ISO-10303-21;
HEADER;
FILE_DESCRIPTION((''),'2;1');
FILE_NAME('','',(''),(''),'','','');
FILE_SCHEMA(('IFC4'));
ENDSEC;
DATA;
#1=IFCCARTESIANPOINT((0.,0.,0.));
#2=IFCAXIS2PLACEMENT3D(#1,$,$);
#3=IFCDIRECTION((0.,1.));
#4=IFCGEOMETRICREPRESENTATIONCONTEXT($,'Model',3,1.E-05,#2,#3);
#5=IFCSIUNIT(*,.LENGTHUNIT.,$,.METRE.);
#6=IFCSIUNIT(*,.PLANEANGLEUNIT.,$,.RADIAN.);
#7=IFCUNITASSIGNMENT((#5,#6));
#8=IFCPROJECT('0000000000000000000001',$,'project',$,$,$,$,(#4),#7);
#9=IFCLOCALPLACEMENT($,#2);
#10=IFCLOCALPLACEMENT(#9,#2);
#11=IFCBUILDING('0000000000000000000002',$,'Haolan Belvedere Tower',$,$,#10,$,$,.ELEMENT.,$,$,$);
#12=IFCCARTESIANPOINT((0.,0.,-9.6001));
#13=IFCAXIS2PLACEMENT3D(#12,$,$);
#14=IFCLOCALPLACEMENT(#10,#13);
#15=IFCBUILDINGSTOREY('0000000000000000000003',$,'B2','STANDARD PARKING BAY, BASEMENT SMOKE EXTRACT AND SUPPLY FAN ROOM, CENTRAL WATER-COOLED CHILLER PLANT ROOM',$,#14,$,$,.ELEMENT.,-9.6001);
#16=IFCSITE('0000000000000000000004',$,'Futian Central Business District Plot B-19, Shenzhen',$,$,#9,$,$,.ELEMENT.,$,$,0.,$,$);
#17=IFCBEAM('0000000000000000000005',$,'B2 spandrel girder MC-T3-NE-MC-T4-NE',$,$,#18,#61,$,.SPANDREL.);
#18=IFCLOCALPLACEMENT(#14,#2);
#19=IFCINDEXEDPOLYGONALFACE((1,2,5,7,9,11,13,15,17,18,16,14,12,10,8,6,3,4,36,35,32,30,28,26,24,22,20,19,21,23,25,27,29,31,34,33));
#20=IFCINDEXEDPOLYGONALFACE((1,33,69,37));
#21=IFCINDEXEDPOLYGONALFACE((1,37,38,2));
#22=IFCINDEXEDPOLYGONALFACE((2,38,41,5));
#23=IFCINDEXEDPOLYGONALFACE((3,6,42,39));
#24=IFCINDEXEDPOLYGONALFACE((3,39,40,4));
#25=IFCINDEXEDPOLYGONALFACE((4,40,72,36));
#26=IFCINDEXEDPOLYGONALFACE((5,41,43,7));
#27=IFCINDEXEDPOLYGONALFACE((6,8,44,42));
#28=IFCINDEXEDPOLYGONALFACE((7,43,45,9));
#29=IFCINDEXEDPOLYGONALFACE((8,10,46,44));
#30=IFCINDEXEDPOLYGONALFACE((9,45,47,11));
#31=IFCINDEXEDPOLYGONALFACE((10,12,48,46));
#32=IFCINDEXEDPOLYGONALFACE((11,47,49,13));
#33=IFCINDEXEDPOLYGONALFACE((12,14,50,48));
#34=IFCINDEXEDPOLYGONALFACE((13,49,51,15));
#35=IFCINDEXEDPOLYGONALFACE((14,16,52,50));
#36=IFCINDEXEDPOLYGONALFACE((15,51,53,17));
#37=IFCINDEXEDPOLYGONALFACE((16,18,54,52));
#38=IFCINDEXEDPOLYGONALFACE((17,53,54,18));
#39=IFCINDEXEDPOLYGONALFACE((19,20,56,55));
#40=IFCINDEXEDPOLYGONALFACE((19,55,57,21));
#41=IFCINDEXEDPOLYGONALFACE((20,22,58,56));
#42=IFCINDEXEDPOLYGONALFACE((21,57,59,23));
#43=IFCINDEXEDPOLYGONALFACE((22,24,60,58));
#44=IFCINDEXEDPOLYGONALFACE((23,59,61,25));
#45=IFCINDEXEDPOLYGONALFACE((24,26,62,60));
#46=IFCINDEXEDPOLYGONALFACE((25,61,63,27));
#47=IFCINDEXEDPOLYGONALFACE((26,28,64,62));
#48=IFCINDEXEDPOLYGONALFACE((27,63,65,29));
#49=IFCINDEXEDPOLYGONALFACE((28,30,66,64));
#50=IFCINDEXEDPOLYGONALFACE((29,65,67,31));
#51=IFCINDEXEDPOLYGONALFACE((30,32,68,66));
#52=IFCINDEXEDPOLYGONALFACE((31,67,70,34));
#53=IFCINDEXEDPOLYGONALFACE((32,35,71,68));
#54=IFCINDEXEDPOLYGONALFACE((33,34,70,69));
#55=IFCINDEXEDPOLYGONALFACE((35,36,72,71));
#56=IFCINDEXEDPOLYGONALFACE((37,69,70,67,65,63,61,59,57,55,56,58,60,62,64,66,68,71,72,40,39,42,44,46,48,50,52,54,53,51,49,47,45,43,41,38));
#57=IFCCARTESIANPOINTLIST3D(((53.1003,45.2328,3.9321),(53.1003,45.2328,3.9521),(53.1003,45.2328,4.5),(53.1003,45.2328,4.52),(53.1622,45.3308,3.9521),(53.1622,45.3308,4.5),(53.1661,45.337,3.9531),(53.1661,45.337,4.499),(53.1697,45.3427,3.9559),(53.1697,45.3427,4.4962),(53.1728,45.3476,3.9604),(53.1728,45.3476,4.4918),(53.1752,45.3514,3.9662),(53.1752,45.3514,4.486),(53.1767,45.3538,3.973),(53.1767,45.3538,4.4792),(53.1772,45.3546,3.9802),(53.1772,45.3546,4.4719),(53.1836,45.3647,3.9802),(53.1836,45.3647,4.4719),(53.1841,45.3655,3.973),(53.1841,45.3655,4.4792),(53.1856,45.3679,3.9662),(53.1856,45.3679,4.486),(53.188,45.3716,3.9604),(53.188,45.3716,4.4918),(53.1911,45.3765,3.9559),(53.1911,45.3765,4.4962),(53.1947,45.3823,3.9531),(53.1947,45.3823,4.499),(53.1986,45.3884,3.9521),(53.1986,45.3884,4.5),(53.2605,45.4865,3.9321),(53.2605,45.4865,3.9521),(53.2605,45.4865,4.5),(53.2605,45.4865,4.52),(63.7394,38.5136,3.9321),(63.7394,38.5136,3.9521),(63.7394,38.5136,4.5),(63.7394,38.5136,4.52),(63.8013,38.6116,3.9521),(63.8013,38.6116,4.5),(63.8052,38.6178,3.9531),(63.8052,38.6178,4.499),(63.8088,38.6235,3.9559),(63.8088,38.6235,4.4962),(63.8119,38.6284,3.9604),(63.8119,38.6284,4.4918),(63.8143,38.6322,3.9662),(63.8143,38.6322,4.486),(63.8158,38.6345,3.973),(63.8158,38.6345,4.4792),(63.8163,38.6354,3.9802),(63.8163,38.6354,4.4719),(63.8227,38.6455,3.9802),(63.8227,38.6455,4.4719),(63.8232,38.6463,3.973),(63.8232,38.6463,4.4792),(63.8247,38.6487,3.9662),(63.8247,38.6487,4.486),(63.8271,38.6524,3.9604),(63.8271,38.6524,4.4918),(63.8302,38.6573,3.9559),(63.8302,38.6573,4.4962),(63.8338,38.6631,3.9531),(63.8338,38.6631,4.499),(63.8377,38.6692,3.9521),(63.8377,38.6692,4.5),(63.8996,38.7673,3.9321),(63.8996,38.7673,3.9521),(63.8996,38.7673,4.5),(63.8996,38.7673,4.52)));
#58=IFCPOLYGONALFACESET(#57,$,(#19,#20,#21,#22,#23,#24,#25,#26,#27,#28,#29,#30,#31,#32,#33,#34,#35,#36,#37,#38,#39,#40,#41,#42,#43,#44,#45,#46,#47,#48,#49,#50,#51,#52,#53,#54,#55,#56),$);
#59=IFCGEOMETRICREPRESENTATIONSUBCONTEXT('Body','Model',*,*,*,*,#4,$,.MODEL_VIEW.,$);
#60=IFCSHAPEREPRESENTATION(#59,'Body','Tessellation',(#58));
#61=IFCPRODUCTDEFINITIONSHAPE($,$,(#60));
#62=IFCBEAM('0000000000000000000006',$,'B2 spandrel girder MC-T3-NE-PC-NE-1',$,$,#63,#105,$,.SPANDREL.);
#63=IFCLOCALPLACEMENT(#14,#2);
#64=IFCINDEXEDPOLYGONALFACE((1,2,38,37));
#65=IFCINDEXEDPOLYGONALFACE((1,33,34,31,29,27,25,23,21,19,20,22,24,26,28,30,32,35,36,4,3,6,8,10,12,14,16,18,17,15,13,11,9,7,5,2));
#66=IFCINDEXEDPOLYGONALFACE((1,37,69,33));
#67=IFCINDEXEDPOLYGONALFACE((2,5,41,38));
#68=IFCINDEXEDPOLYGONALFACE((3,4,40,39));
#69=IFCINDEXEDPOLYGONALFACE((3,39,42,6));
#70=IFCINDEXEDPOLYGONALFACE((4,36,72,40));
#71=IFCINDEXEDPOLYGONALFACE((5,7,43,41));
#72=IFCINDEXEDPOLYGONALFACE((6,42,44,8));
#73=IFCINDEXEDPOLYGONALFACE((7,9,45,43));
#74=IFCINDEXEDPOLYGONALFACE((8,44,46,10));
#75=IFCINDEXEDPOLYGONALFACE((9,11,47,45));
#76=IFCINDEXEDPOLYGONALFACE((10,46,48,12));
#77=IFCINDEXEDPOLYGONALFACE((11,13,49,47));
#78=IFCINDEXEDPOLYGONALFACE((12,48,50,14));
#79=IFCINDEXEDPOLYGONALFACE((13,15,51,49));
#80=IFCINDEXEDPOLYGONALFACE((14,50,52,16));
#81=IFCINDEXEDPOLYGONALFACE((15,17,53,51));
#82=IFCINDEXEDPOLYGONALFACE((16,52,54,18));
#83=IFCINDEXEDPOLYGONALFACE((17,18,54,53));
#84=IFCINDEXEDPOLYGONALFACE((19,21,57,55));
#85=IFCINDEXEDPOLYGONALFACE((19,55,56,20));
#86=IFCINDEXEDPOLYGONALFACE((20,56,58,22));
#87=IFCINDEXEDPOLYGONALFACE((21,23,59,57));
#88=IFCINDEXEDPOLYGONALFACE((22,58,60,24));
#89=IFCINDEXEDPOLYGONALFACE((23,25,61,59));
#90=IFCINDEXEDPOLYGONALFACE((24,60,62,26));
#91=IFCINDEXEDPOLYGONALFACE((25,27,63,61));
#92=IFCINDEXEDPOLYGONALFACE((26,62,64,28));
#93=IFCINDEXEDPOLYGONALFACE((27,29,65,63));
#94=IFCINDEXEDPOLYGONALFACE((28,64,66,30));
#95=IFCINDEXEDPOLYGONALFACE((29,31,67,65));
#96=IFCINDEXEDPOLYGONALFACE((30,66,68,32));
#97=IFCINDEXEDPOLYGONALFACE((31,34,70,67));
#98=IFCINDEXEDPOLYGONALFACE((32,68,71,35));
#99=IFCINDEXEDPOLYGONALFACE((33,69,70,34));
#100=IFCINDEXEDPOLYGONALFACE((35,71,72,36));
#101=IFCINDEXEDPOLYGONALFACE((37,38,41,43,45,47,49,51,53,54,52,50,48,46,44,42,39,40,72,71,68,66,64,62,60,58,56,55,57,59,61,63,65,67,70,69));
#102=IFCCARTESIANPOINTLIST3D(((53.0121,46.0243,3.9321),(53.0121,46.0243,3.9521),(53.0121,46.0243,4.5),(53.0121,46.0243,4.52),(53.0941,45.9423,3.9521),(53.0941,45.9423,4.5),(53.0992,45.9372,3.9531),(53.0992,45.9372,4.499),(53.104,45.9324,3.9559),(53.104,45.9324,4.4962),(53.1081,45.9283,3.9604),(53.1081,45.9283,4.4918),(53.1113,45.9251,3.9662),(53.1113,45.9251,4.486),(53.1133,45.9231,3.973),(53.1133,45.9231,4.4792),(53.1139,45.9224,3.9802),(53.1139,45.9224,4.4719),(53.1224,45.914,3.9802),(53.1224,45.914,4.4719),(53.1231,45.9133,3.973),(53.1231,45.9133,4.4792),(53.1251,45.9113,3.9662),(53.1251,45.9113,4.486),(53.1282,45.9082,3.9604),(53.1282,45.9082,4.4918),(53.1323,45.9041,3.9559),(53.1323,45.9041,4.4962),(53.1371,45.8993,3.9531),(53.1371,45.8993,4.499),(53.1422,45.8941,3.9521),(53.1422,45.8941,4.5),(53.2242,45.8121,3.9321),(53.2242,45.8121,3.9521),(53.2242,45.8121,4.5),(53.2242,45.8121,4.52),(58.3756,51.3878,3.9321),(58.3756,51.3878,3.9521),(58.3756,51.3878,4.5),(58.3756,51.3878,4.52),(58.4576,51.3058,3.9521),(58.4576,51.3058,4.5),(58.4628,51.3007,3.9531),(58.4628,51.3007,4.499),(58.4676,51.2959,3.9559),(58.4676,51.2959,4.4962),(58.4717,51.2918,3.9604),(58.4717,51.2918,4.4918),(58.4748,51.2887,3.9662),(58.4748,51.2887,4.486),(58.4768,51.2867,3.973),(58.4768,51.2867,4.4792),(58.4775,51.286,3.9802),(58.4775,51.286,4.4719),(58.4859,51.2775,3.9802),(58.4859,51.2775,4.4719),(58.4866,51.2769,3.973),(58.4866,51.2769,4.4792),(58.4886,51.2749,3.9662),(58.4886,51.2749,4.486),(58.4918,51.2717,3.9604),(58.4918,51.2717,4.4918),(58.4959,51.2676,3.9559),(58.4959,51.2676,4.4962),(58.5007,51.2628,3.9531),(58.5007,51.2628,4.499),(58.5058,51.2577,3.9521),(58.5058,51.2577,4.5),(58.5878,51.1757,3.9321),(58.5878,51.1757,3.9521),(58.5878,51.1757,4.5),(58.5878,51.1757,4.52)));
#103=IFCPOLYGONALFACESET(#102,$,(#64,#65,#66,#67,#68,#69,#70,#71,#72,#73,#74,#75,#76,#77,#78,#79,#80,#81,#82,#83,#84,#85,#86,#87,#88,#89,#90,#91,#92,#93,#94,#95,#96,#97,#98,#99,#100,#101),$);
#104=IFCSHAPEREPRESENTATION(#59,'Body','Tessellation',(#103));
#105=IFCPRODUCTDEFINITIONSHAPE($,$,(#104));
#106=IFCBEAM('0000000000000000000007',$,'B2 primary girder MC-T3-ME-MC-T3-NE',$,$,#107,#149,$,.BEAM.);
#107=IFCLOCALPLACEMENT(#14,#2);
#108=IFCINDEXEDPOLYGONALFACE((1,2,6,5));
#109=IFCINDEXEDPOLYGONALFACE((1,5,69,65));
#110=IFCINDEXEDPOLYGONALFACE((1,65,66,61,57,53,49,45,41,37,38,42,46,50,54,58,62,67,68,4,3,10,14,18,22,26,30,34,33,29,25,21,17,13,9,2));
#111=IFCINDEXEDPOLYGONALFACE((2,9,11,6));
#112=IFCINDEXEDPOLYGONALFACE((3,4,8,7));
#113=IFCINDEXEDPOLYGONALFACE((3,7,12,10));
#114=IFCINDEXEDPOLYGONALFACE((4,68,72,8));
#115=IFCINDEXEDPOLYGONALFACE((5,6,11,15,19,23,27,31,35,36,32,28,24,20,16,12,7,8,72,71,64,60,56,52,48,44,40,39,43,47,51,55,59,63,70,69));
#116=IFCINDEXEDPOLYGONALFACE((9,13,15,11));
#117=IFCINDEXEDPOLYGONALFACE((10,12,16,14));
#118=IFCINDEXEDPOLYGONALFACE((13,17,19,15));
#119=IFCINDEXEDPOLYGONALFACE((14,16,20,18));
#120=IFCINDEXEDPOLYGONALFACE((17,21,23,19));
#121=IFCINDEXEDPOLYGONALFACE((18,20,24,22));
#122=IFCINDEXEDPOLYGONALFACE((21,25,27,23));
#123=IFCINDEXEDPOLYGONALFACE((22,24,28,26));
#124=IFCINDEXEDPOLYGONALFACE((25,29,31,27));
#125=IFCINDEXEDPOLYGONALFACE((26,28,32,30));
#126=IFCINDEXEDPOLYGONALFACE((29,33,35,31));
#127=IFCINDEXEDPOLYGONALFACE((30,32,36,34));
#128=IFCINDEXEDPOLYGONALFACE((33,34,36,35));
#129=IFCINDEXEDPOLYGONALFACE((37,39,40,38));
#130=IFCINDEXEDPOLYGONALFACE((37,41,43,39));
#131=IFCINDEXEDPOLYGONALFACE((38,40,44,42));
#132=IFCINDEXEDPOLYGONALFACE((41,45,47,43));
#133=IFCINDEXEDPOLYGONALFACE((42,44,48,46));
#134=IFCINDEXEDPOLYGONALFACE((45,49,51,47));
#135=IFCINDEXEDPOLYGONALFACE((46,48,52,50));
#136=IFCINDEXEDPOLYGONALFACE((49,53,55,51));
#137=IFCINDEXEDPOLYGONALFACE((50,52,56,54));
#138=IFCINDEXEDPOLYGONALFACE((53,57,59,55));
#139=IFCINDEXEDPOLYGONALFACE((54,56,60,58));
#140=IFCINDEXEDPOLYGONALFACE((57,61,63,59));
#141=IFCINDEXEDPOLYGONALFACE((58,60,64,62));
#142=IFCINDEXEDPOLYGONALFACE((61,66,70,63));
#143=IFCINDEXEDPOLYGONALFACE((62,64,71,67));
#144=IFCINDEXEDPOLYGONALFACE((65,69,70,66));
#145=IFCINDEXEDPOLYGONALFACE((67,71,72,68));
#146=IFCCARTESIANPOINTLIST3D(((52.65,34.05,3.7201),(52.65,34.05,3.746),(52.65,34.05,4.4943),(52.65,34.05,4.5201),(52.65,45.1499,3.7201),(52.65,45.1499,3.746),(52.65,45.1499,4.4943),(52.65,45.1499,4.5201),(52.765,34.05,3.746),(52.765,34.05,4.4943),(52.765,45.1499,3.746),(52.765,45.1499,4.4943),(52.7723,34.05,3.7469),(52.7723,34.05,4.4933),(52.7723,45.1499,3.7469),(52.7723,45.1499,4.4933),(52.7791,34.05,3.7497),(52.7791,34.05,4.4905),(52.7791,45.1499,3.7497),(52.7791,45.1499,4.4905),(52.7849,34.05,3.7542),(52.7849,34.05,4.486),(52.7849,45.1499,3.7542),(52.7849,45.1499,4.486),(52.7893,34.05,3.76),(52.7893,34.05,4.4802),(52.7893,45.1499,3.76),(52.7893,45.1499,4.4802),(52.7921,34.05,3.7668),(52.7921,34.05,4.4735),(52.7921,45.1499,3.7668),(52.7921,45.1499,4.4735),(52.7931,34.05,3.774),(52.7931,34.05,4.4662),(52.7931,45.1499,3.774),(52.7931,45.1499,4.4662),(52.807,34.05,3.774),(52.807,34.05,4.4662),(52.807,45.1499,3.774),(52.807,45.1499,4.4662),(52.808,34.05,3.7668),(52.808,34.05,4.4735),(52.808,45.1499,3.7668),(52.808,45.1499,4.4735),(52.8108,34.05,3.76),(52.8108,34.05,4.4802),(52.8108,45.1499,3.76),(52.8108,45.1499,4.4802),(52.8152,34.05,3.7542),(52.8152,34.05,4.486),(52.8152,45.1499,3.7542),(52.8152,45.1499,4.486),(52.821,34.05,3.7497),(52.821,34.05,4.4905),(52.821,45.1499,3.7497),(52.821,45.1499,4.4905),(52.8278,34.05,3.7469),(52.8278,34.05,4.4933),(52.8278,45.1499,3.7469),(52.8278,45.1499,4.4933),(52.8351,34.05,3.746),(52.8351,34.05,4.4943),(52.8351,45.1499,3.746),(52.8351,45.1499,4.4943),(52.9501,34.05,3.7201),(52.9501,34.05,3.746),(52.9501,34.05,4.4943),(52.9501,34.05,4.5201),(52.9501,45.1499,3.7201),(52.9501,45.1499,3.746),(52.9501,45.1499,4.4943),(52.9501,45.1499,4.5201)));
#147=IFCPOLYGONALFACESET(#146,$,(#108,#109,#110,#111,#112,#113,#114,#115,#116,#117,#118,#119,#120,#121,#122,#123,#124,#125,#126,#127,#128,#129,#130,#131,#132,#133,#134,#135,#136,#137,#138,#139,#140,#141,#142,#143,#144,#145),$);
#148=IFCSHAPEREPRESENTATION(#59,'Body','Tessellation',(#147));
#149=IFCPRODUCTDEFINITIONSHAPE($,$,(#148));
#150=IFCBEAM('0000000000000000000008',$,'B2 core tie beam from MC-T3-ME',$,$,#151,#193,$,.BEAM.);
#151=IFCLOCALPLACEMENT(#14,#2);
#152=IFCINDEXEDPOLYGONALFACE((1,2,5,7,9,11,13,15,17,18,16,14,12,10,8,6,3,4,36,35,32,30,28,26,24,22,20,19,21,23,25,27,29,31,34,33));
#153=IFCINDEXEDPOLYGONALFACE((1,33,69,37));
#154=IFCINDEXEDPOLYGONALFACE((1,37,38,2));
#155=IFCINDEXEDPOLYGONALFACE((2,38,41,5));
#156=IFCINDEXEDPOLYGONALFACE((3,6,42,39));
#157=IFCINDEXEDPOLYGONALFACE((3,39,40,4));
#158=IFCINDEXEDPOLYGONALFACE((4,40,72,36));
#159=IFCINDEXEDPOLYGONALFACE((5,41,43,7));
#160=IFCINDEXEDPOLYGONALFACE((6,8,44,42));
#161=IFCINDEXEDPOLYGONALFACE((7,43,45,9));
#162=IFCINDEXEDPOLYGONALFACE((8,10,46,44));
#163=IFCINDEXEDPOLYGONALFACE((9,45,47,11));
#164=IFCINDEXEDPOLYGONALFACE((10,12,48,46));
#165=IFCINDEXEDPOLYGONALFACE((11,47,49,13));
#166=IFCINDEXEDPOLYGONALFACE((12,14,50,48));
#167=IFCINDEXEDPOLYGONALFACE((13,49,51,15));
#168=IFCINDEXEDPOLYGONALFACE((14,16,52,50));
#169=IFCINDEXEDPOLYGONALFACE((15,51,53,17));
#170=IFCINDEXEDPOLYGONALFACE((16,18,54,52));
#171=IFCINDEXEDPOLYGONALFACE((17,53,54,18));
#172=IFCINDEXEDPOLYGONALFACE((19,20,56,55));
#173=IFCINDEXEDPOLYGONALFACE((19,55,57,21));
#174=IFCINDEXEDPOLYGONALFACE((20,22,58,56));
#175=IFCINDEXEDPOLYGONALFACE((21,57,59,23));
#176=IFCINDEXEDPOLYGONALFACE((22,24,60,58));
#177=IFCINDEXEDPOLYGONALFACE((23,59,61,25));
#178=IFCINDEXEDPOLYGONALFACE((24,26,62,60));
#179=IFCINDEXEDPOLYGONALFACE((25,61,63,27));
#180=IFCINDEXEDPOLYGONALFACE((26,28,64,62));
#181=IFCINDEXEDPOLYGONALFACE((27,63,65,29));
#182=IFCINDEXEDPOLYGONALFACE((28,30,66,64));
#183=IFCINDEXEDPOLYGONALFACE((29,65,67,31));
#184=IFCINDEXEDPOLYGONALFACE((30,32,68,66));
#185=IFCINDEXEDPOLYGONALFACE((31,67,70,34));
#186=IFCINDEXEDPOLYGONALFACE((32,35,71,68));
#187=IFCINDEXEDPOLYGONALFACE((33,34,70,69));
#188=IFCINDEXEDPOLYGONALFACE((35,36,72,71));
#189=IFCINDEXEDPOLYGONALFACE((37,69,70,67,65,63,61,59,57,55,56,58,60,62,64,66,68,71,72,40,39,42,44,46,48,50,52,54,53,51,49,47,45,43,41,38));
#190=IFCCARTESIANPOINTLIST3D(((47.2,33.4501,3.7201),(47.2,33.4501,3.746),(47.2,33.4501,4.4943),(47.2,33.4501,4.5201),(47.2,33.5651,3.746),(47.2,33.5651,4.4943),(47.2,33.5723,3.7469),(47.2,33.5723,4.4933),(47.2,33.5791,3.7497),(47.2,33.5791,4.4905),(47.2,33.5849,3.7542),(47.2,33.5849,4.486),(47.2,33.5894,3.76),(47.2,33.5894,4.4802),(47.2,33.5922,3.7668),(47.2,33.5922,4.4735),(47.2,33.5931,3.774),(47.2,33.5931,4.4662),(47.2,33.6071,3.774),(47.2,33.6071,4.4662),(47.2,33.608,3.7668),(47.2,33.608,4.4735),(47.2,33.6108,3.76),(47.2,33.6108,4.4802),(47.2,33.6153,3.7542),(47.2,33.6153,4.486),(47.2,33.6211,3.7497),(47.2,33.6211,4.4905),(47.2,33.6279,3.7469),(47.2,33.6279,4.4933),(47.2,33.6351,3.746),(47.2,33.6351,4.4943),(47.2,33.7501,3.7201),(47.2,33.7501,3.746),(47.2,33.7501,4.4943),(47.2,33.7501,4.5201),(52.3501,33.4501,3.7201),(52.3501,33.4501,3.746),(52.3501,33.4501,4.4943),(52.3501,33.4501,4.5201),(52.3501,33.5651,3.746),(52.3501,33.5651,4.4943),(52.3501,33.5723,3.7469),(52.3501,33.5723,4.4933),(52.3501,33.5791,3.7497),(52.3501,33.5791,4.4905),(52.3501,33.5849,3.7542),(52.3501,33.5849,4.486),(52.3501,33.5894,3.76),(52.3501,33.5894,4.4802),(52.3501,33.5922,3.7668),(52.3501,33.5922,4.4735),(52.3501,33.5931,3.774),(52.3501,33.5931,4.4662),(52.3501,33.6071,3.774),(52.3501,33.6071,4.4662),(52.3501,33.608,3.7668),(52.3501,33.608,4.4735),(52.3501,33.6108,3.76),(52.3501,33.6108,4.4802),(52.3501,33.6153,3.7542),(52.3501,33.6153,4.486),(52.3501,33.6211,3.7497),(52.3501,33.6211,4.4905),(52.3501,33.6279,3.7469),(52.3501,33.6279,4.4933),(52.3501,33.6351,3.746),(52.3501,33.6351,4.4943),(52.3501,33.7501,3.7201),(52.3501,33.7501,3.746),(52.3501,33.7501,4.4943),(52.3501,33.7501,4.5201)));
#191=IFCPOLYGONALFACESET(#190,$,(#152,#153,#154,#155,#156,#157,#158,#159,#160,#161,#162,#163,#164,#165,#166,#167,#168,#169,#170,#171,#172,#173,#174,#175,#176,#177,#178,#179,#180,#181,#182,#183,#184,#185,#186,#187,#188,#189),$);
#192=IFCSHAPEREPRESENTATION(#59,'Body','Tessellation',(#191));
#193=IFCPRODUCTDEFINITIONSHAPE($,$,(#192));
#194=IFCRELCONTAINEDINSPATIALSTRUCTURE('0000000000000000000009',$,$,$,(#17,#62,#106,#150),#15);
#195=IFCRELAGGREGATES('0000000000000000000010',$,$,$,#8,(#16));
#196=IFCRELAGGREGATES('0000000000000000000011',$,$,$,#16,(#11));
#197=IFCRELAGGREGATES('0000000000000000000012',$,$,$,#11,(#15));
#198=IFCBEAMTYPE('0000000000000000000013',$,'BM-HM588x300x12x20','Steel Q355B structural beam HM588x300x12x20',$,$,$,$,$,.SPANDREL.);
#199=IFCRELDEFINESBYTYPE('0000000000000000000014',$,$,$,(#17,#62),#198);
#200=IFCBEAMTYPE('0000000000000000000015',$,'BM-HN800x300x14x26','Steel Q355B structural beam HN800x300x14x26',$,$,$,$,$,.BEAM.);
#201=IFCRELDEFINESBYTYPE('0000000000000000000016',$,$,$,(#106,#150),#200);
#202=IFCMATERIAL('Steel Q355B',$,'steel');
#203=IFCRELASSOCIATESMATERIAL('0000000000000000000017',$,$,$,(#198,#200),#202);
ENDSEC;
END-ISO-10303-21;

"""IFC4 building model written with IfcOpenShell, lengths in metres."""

from ifc_helpers import new_model, si_unit, direction, frame, origin, origin_2d, place, context, subcontext, project, spatial, i_section, extrude, material, material_profile, profile_set, type_object, element, save


model = new_model("IFC4")

# Units and contexts
model_context = context("Model", 3, precision=1e-05, world=origin(), true_north=direction((0.0, 1.0)))
body_context = subcontext(model_context, "Body", "Model", "MODEL_VIEW")
ifc_project = project(units=[si_unit("LENGTHUNIT", "METRE"), si_unit("PLANEANGLEUNIT", "RADIAN")], contexts=[model_context])

# Site, building, storey
site_placement = place(None, origin())
site = spatial("IfcSite", under=ifc_project, at=site_placement, Name="Futian Central Business District Plot B-19, Shenzhen", CompositionType="ELEMENT", RefElevation=0.0)
building_placement = place(site_placement, origin())
building = spatial("IfcBuilding", under=site, at=building_placement, Name="Haolan Belvedere Tower", CompositionType="ELEMENT")
storey_placement = place(building_placement, frame((0.0, 0.0, -9.6001)))
storey = spatial("IfcBuildingStorey", under=building, at=storey_placement, Name="B2", Description="STANDARD PARKING BAY, BASEMENT SMOKE EXTRACT AND SUPPLY FAN ROOM, CENTRAL WATER-COOLED CHILLER PLANT ROOM", CompositionType="ELEMENT", Elevation=-9.6001)

# Shared definitions
ifc_material_1 = material(Name="Steel Q355B", Category="steel")

# Beams
ifc_material_profile_1 = material_profile(ifc_material_1, i_section(OverallWidth=0.3, OverallDepth=0.5879, WebThickness=0.012, FlangeThickness=0.02, FilletRadius=0.0281, at=origin_2d()), Name="Steel Q355B")
ifc_profile_set_1 = profile_set([ifc_material_profile_1], Name="Steel Q355B")
beam_type_1 = type_object("IfcBeamType", Name="BM-HM588x300x12x20", Description="Steel Q355B structural beam HM588x300x12x20", PredefinedType="SPANDREL", material=ifc_profile_set_1)
beam_1_placement = place(storey_placement, frame((53.1804, 45.3596, 4.2261), z_axis=(0.845497, -0.53398, 0.0), x_axis=(0.53398, 0.845497, 0.0)))
element("IfcBeam", 1, at=beam_1_placement, inside=storey, type_object=beam_type_1, Name="B2 spandrel girder MC-T3-NE-MC-T4-NE", PredefinedType="SPANDREL", context=body_context, shape_type="SweptSolid", body=[
    extrude(i_section(OverallWidth=0.3, OverallDepth=0.5879, WebThickness=0.012, FlangeThickness=0.02, FilletRadius=0.0281, at=origin_2d()), origin(), (0.0, 0.0, 1.0), 12.5833),
])
beam_2_placement = place(storey_placement, frame((53.1182, 45.9182, 4.2261), z_axis=(0.707107, 0.707107, 0.0), x_axis=(-0.707107, 0.707107, 0.0)))
element("IfcBeam", 2, at=beam_2_placement, inside=storey, type_object=beam_type_1, Name="B2 spandrel girder MC-T3-NE-PC-NE-1", PredefinedType="SPANDREL", context=body_context, shape_type="SweptSolid", body=[
    extrude(i_section(OverallWidth=0.3, OverallDepth=0.5879, WebThickness=0.012, FlangeThickness=0.02, FilletRadius=0.0281, at=origin_2d()), origin(), (0.0, 0.0, 1.0), 7.5852),
])
ifc_material_profile_2 = material_profile(ifc_material_1, i_section(OverallWidth=0.3, OverallDepth=0.8, WebThickness=0.0139, FlangeThickness=0.0259, FilletRadius=0.0281, at=origin_2d()), Name="Steel Q355B")
ifc_profile_set_2 = profile_set([ifc_material_profile_2], Name="Steel Q355B")
beam_type_2 = type_object("IfcBeamType", Name="BM-HN800x300x14x26", Description="Steel Q355B structural beam HN800x300x14x26", PredefinedType="BEAM", material=ifc_profile_set_2)
beam_3_placement = place(storey_placement, frame((52.8, 34.05, 4.1201), z_axis=(0.0, 1.0, 0.0), x_axis=(-1.0, 0.0, 0.0)))
element("IfcBeam", 3, at=beam_3_placement, inside=storey, type_object=beam_type_2, Name="B2 primary girder MC-T3-ME-MC-T3-NE", PredefinedType="BEAM", context=body_context, shape_type="SweptSolid", body=[
    extrude(i_section(OverallWidth=0.3, OverallDepth=0.8, WebThickness=0.0139, FlangeThickness=0.0259, FilletRadius=0.0281, at=origin_2d()), origin(), (0.0, 0.0, 1.0), 11.0999),
])
beam_4_placement = place(storey_placement, frame((52.3501, 33.6001, 4.1201), z_axis=(-1.0, 0.0, 0.0), x_axis=(0.0, -1.0, 0.0)))
element("IfcBeam", 4, at=beam_4_placement, inside=storey, type_object=beam_type_2, Name="B2 core tie beam from MC-T3-ME", PredefinedType="BEAM", context=body_context, shape_type="SweptSolid", body=[
    extrude(i_section(OverallWidth=0.3, OverallDepth=0.8, WebThickness=0.0139, FlangeThickness=0.0259, FilletRadius=0.0281, at=origin_2d()), origin(), (0.0, 0.0, 1.0), 5.1501),
])

save(model, "model.ifc")
